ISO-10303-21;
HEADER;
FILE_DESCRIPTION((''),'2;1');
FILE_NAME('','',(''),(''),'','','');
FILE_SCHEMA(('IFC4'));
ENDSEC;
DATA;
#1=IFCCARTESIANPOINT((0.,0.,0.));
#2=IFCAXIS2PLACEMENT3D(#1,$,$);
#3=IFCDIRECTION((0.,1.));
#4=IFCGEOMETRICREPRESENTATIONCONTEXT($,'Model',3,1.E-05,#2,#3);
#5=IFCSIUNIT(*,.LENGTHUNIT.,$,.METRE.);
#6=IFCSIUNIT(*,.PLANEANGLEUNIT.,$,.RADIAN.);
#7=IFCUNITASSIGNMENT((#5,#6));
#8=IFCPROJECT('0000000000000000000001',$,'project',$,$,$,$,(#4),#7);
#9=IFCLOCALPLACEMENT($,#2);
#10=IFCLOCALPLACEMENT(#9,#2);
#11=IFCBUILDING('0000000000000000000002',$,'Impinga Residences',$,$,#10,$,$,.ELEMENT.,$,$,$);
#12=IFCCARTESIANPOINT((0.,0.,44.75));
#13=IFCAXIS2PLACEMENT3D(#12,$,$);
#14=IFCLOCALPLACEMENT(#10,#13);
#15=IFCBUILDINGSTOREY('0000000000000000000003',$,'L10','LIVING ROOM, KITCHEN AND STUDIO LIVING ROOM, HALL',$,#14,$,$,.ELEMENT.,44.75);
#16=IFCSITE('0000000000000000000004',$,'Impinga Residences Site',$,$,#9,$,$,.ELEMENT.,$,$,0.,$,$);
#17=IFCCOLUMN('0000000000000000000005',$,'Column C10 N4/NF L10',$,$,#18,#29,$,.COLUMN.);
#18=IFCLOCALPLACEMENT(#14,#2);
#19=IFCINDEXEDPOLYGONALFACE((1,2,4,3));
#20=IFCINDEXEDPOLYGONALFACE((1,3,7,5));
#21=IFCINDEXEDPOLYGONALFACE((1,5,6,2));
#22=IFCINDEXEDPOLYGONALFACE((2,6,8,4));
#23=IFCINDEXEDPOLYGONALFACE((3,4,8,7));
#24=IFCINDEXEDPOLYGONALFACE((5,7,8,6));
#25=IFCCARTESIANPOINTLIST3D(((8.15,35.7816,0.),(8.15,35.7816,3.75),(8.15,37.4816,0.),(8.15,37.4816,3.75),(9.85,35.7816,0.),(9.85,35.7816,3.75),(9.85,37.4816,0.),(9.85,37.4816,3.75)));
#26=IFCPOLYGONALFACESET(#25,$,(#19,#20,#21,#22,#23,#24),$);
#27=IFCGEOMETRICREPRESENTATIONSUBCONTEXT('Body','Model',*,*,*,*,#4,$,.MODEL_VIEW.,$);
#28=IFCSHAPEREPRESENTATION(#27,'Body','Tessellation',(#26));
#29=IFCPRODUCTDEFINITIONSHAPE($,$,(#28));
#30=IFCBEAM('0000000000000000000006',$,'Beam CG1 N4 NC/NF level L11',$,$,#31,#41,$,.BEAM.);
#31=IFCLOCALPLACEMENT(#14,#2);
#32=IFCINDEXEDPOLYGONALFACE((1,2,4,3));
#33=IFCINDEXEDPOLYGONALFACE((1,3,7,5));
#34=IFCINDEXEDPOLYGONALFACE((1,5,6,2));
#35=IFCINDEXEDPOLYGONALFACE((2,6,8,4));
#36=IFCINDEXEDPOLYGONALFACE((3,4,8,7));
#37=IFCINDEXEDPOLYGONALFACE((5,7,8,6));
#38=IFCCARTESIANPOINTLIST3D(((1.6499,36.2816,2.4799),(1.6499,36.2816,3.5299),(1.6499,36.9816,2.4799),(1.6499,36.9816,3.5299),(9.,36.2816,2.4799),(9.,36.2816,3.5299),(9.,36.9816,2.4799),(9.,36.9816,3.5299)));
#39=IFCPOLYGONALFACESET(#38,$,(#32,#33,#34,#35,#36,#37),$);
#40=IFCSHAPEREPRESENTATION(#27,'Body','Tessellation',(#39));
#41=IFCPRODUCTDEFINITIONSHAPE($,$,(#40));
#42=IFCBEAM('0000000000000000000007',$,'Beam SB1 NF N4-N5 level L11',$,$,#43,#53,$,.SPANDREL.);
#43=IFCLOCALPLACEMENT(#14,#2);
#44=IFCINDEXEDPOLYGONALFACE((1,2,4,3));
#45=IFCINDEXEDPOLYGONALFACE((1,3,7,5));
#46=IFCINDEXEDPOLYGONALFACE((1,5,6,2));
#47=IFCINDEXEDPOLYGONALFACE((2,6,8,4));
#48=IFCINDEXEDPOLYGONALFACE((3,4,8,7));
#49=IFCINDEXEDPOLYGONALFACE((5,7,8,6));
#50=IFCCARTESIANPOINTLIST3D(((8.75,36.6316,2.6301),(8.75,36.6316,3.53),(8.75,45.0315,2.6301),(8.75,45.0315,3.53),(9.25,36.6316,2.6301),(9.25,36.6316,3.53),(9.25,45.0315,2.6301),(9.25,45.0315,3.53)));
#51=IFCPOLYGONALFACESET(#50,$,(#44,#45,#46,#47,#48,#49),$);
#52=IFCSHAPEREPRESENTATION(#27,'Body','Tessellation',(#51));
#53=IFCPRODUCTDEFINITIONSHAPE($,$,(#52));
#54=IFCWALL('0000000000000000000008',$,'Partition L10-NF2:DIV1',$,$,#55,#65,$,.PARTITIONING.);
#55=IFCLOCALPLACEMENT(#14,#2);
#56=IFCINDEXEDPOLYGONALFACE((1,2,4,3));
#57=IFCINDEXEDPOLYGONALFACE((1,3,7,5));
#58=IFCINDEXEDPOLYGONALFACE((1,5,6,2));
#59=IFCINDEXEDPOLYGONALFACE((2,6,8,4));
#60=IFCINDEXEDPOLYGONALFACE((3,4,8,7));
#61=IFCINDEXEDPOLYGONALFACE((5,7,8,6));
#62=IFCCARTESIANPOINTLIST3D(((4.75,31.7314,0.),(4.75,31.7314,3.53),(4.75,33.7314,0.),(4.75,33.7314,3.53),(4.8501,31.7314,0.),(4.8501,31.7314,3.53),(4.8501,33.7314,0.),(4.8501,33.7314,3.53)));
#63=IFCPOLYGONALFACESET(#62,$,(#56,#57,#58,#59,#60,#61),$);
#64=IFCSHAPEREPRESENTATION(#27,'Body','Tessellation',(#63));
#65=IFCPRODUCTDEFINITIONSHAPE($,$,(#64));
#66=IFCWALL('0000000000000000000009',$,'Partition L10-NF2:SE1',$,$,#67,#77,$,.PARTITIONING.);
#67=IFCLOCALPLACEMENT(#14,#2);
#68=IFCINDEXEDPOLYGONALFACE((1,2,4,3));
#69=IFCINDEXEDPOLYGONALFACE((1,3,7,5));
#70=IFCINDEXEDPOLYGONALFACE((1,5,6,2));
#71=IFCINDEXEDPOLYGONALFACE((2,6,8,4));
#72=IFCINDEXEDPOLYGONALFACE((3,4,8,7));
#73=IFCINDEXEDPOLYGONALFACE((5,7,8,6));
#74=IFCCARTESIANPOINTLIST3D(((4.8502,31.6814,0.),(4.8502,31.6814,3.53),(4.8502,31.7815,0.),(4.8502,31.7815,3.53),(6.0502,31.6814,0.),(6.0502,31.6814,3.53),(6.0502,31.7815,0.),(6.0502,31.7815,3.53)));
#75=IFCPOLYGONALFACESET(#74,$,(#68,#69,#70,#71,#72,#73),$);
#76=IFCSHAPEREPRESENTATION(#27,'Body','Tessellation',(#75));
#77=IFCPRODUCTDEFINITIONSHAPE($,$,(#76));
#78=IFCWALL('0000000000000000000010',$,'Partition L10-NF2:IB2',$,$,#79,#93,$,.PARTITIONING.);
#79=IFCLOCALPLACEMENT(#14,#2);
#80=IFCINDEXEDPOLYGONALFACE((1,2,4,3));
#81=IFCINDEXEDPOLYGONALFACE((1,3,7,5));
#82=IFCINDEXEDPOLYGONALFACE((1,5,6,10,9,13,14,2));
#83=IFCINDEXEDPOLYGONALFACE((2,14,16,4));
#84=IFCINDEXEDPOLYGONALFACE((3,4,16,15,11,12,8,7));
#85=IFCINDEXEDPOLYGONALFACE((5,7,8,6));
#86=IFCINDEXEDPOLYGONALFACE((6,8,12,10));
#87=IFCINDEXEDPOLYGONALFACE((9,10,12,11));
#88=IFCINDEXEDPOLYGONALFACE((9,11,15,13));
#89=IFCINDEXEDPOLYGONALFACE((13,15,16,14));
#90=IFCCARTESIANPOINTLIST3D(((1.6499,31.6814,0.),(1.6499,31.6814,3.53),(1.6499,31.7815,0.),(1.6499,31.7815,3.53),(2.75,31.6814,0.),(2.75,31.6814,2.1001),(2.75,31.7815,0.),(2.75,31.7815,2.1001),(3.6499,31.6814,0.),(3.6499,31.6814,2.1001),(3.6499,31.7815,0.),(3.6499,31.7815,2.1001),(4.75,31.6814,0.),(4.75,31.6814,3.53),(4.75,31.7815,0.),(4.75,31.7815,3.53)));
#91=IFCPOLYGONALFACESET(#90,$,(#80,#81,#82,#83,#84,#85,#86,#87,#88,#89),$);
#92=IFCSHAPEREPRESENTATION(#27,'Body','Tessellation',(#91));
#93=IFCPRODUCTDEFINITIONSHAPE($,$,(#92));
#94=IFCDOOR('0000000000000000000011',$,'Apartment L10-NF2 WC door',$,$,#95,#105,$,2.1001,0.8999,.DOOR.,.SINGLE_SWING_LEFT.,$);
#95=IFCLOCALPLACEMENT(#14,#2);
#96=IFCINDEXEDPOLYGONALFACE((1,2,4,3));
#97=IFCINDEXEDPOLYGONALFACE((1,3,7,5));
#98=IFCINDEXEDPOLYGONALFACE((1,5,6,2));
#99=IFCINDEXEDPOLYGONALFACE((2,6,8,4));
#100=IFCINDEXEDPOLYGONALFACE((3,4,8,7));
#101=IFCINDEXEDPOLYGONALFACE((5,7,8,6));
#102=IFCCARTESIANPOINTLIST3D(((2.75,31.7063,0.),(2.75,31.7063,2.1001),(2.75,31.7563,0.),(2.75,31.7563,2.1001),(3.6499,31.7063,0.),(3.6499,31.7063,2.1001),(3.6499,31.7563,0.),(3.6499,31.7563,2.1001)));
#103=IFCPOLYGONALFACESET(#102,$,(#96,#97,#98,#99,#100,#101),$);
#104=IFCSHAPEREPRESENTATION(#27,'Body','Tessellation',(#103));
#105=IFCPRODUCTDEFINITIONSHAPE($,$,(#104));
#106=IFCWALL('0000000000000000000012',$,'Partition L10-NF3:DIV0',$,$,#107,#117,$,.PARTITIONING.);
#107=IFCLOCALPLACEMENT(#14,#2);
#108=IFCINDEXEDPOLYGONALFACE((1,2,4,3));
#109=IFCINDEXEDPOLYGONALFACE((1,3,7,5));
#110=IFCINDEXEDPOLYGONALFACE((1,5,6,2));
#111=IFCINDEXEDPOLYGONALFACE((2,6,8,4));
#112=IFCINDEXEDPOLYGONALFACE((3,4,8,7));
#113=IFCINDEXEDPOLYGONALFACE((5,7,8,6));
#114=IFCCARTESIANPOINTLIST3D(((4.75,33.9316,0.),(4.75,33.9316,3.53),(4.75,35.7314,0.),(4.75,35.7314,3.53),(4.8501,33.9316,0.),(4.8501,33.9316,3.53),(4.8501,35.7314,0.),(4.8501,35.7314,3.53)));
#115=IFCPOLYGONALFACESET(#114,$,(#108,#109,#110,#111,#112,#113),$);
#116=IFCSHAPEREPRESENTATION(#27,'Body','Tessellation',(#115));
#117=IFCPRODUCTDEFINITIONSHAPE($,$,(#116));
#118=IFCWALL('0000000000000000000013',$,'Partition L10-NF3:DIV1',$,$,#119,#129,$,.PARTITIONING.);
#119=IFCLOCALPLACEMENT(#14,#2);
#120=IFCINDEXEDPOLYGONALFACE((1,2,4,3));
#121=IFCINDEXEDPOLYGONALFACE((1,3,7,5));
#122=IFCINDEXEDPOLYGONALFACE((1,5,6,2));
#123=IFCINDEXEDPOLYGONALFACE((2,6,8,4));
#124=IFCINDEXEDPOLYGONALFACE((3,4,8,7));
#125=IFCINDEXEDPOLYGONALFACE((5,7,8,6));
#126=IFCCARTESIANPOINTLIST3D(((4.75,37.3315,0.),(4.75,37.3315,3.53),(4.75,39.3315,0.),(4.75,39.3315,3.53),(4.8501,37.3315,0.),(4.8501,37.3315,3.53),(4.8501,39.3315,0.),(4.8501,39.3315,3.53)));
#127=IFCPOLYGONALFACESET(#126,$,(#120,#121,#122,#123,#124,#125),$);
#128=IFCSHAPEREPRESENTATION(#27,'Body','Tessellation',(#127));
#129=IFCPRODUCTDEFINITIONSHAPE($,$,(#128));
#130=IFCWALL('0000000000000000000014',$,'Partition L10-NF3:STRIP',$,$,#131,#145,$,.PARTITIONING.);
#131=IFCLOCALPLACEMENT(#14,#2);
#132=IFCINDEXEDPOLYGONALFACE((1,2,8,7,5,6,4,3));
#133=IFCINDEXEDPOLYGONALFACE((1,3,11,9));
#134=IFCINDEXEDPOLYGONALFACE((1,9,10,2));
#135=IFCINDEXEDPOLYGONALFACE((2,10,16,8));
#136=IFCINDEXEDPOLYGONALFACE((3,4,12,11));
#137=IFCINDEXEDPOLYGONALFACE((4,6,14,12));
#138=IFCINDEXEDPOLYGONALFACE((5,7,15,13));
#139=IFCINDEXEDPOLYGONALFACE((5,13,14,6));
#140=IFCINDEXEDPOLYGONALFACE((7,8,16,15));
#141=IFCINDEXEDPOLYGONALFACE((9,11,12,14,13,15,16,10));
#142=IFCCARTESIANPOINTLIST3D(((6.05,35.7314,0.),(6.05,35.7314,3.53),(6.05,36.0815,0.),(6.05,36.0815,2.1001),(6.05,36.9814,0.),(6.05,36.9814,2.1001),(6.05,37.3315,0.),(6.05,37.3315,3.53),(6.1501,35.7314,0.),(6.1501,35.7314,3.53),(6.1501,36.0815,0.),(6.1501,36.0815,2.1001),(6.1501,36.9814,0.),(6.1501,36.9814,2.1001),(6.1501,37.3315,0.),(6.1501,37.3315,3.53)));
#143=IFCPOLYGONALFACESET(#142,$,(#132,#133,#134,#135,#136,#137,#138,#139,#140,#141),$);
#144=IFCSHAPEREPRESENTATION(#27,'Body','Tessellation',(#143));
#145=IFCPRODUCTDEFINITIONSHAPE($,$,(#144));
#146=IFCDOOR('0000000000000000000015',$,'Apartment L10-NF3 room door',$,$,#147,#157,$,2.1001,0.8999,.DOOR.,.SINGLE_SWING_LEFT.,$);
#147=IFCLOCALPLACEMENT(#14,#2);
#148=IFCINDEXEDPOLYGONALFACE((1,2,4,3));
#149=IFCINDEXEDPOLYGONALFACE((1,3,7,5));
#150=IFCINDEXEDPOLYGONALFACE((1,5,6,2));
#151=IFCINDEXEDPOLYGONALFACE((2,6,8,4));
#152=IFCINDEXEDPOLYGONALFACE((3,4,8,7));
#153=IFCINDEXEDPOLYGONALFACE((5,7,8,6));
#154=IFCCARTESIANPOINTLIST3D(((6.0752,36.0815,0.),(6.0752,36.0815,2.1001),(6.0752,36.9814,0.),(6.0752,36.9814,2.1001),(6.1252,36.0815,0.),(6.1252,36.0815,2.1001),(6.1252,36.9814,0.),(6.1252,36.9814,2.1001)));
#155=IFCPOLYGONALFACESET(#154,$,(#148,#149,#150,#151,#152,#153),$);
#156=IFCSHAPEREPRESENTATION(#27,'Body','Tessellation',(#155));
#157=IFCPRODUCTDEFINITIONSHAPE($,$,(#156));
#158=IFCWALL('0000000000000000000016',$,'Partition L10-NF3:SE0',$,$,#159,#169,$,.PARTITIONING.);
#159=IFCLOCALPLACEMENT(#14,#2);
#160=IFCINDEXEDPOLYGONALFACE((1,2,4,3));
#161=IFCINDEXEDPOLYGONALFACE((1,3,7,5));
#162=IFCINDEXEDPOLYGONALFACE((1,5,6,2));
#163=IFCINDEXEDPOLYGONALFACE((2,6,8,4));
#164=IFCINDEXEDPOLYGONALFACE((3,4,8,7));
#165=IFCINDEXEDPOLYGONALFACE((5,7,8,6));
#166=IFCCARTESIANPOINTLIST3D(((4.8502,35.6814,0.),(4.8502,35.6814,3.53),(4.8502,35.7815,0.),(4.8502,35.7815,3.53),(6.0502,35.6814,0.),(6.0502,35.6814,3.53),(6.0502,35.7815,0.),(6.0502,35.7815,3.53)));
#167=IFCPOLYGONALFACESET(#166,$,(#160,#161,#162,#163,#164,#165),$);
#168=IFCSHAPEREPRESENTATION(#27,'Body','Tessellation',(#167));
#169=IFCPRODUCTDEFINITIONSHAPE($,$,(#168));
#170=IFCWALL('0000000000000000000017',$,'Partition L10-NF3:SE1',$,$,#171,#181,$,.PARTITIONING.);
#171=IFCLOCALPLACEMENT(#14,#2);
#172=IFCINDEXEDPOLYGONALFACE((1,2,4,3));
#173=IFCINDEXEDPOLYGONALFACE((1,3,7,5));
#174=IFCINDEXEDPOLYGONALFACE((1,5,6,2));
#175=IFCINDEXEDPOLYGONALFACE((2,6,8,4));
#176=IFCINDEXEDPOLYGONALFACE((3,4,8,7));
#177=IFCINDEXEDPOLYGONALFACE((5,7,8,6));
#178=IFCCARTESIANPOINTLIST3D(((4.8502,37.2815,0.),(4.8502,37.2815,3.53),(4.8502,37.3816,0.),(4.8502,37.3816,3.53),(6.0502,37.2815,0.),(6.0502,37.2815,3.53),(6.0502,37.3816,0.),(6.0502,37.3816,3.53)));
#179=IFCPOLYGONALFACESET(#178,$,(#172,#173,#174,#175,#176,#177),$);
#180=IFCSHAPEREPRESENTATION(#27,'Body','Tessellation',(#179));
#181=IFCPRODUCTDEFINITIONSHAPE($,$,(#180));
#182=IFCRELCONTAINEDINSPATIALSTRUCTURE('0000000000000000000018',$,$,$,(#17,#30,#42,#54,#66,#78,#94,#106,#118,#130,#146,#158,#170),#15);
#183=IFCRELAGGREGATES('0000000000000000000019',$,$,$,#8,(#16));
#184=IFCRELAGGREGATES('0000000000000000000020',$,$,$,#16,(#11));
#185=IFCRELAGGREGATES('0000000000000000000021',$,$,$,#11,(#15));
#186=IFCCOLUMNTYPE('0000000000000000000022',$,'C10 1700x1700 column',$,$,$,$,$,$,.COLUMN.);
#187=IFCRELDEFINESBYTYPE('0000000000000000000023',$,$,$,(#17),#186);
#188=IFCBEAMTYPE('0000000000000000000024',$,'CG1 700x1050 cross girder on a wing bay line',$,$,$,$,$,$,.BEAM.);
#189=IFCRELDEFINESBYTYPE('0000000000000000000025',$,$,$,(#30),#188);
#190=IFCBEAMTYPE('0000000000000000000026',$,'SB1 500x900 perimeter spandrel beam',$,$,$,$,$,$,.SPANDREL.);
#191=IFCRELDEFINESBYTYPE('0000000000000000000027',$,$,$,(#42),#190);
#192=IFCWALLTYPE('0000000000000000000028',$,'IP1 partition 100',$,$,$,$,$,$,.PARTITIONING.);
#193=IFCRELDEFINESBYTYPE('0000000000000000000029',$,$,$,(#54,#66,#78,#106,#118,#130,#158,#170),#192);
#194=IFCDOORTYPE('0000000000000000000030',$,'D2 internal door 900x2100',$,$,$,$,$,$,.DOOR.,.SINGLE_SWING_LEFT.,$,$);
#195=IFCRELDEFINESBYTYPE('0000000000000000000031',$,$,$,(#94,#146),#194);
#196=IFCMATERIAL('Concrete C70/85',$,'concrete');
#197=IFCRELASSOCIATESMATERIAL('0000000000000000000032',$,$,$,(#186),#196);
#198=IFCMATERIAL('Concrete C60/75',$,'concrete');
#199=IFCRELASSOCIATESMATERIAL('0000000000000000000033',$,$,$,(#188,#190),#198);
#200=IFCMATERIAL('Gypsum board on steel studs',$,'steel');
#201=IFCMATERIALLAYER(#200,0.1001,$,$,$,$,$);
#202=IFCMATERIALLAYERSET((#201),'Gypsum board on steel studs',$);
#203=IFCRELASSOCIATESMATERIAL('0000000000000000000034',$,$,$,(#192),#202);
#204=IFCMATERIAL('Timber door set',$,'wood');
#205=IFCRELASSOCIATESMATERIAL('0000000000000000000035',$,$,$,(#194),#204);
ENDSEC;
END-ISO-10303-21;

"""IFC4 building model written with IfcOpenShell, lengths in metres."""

from ifc_helpers import new_model, si_unit, direction, frame, frame_2d, origin, origin_2d, place, context, subcontext, project, spatial, rectangle, extrude, material, layer, layer_set, material_profile, profile_set, type_object, element, fill, save


model = new_model("IFC4")

# Units and contexts
model_context = context("Model", 3, precision=1e-05, world=origin(), true_north=direction((0.0, 1.0)))
body_context = subcontext(model_context, "Body", "Model", "MODEL_VIEW")
ifc_project = project(units=[si_unit("LENGTHUNIT", "METRE"), si_unit("PLANEANGLEUNIT", "RADIAN")], contexts=[model_context])

# Site, building, storey
site_placement = place(None, origin())
site = spatial("IfcSite", under=ifc_project, at=site_placement, Name="Impinga Residences Site", CompositionType="ELEMENT", RefElevation=0.0)
building_placement = place(site_placement, origin())
building = spatial("IfcBuilding", under=site, at=building_placement, Name="Impinga Residences", CompositionType="ELEMENT")
storey_placement = place(building_placement, frame((0.0, 0.0, 44.75)))
storey = spatial("IfcBuildingStorey", under=building, at=storey_placement, Name="L10", Description="LIVING ROOM, KITCHEN AND STUDIO LIVING ROOM, HALL", CompositionType="ELEMENT", Elevation=44.75)

# Column
ifc_material_1 = material(Name="Concrete C70/85", Category="concrete")
ifc_material_profile_1 = material_profile(ifc_material_1, rectangle(XDim=1.7, YDim=1.7, at=origin_2d()), Name="RC 1700x1700")
ifc_profile_set_1 = profile_set([ifc_material_profile_1], Name="Concrete C70/85")
column_type = type_object("IfcColumnType", Name="C10 1700x1700 column", PredefinedType="COLUMN", material=ifc_profile_set_1)
column_placement = place(storey_placement, frame((9.0, 36.6316, 0.0), z_axis=(0.0, 0.0, 1.0), x_axis=(1.0, 0.0, 0.0)))
element("IfcColumn", 1, at=column_placement, inside=storey, type_object=column_type, Name="Column C10 N4/NF L10", PredefinedType="COLUMN", context=body_context, shape_type="SweptSolid", body=[
    extrude(rectangle(XDim=1.7, YDim=1.7, at=origin_2d()), origin(), (0.0, 0.0, 1.0), 3.75),
])

# Beams
ifc_material_2 = material(Name="Concrete C60/75", Category="concrete")
ifc_material_profile_2 = material_profile(ifc_material_2, rectangle(XDim=0.7, YDim=1.05, at=origin_2d()), Name="RC 700x1050")
ifc_profile_set_2 = profile_set([ifc_material_profile_2], Name="Concrete C60/75")
beam_type_1 = type_object("IfcBeamType", Name="CG1 700x1050 cross girder on a wing bay line", PredefinedType="BEAM", material=ifc_profile_set_2)
beam_1_placement = place(storey_placement, frame((1.6499, 36.6316, 3.0049), z_axis=(1.0, 0.0, 0.0), x_axis=(0.0, 1.0, 0.0)))
element("IfcBeam", 2, at=beam_1_placement, inside=storey, type_object=beam_type_1, Name="Beam CG1 N4 NC/NF level L11", PredefinedType="BEAM", context=body_context, shape_type="SweptSolid", body=[
    extrude(rectangle(XDim=0.7, YDim=1.05, at=origin_2d()), origin(), (0.0, 0.0, 1.0), 7.3501),
])
ifc_material_profile_3 = material_profile(ifc_material_2, rectangle(XDim=0.5, YDim=0.8999, at=origin_2d()), Name="RC 500x900")
ifc_profile_set_3 = profile_set([ifc_material_profile_3], Name="Concrete C60/75")
beam_type_2 = type_object("IfcBeamType", Name="SB1 500x900 perimeter spandrel beam", PredefinedType="SPANDREL", material=ifc_profile_set_3)
beam_2_placement = place(storey_placement, frame((9.0, 36.6316, 3.0801), z_axis=(0.0, 1.0, 0.0), x_axis=(-1.0, 0.0, 0.0)))
element("IfcBeam", 3, at=beam_2_placement, inside=storey, type_object=beam_type_2, Name="Beam SB1 NF N4-N5 level L11", PredefinedType="SPANDREL", context=body_context, shape_type="SweptSolid", body=[
    extrude(rectangle(XDim=0.5, YDim=0.8999, at=origin_2d()), origin(), (0.0, 0.0, 1.0), 8.3999),
])

# Walls
ifc_material_3 = material(Name="Gypsum board on steel studs", Category="steel")
ifc_layer_1 = layer(ifc_material_3, 0.1001)
ifc_layer_set_1 = layer_set([ifc_layer_1], Name="Gypsum board on steel studs")
wall_type_1 = type_object("IfcWallType", Name="IP1 partition 100", PredefinedType="PARTITIONING", material=ifc_layer_set_1)
wall_1_placement = place(storey_placement, frame((4.8, 31.7314, 0.0), z_axis=(0.0, 0.0, 1.0), x_axis=(0.0, 1.0, 0.0)))
element("IfcWall", 4, at=wall_1_placement, inside=storey, type_object=wall_type_1, Name="Partition L10-NF2:DIV1", PredefinedType="PARTITIONING", context=body_context, shape_type="SweptSolid", body=[
    extrude(rectangle(XDim=2.0, YDim=0.1001, at=frame_2d((1.0, 0.0))), origin(), (0.0, 0.0, 1.0), 3.53),
])
wall_2_placement = place(storey_placement, frame((4.8501, 31.7314, 0.0), z_axis=(0.0, 0.0, 1.0), x_axis=(1.0, 0.0, 0.0)))
element("IfcWall", 5, at=wall_2_placement, inside=storey, type_object=wall_type_1, Name="Partition L10-NF2:SE1", PredefinedType="PARTITIONING", context=body_context, shape_type="SweptSolid", body=[
    extrude(rectangle(XDim=1.2, YDim=0.1001, at=frame_2d((0.6001, 0.0))), origin(), (0.0, 0.0, 1.0), 3.53),
])

# Wall, opening, door
wall_3_placement = place(storey_placement, frame((1.6499, 31.7314, 0.0), z_axis=(0.0, 0.0, 1.0), x_axis=(1.0, 0.0, 0.0)))
wall_3 = element("IfcWall", 6, at=wall_3_placement, inside=storey, type_object=wall_type_1, Name="Partition L10-NF2:IB2", PredefinedType="PARTITIONING", context=body_context, shape_type="SweptSolid", body=[
    extrude(rectangle(XDim=3.1001, YDim=0.1001, at=frame_2d((1.55, 0.0))), origin(), (0.0, 0.0, 1.0), 3.53),
])
opening_1_placement = place(wall_3_placement, frame((1.1001, 0.0, 0.0)))
opening_1 = element("IfcOpeningElement", 7, at=opening_1_placement, cuts=wall_3, PredefinedType="OPENING", context=body_context, shape_type="SweptSolid", body=[
    extrude(rectangle(XDim=0.8999, YDim=2.1001, at=frame_2d((0.45, 1.05))), frame((0.0, 0.0601, 0.0), z_axis=(0.0, -1.0, 0.0), x_axis=(1.0, 0.0, 0.0)), (0.0, 0.0, 1.0), 0.1201),
])
ifc_material_4 = material(Name="Timber door set", Category="wood")
door_type = type_object("IfcDoorType", Name="D2 internal door 900x2100", OperationType="SINGLE_SWING_LEFT", PredefinedType="DOOR", material=ifc_material_4)
door_1_placement = place(opening_1_placement, origin())
door_1 = element("IfcDoor", 8, at=door_1_placement, inside=storey, type_object=door_type, Name="Apartment L10-NF2 WC door", OperationType="SINGLE_SWING_LEFT", OverallHeight=2.1001, OverallWidth=0.8999, PredefinedType="DOOR", context=body_context, shape_type="SweptSolid", body=[
    extrude(rectangle(XDim=0.8999, YDim=2.1001, at=frame_2d((0.45, 1.05))), frame((0.0, 0.0249, 0.0), z_axis=(0.0, -1.0, 0.0), x_axis=(1.0, 0.0, 0.0)), (0.0, 0.0, 1.0), 0.05),
])
fill(opening_1, door_1)

# Walls
wall_4_placement = place(storey_placement, frame((4.8, 33.9316, 0.0), z_axis=(0.0, 0.0, 1.0), x_axis=(0.0, 1.0, 0.0)))
element("IfcWall", 9, at=wall_4_placement, inside=storey, type_object=wall_type_1, Name="Partition L10-NF3:DIV0", PredefinedType="PARTITIONING", context=body_context, shape_type="SweptSolid", body=[
    extrude(rectangle(XDim=1.7998, YDim=0.1001, at=frame_2d((0.8999, 0.0))), origin(), (0.0, 0.0, 1.0), 3.53),
])
wall_5_placement = place(storey_placement, frame((4.8, 37.3315, 0.0), z_axis=(0.0, 0.0, 1.0), x_axis=(0.0, 1.0, 0.0)))
element("IfcWall", 10, at=wall_5_placement, inside=storey, type_object=wall_type_1, Name="Partition L10-NF3:DIV1", PredefinedType="PARTITIONING", context=body_context, shape_type="SweptSolid", body=[
    extrude(rectangle(XDim=2.0, YDim=0.1001, at=frame_2d((1.0, 0.0))), origin(), (0.0, 0.0, 1.0), 3.53),
])

# Wall, opening, door
wall_6_placement = place(storey_placement, frame((6.1001, 35.7314, 0.0), z_axis=(0.0, 0.0, 1.0), x_axis=(0.0, 1.0, 0.0)))
wall_6 = element("IfcWall", 11, at=wall_6_placement, inside=storey, type_object=wall_type_1, Name="Partition L10-NF3:STRIP", PredefinedType="PARTITIONING", context=body_context, shape_type="SweptSolid", body=[
    extrude(rectangle(XDim=1.6001, YDim=0.1001, at=frame_2d((0.8, 0.0))), origin(), (0.0, 0.0, 1.0), 3.53),
])
opening_2_placement = place(wall_6_placement, frame((0.3501, 0.0, 0.0)))
opening_2 = element("IfcOpeningElement", 12, at=opening_2_placement, cuts=wall_6, PredefinedType="OPENING", context=body_context, shape_type="SweptSolid", body=[
    extrude(rectangle(XDim=0.8999, YDim=2.1001, at=frame_2d((0.45, 1.05))), frame((0.0, 0.0601, 0.0), z_axis=(0.0, -1.0, 0.0), x_axis=(1.0, 0.0, 0.0)), (0.0, 0.0, 1.0), 0.1201),
])
door_2_placement = place(opening_2_placement, origin())
door_2 = element("IfcDoor", 13, at=door_2_placement, inside=storey, type_object=door_type, Name="Apartment L10-NF3 room door", OperationType="SINGLE_SWING_LEFT", OverallHeight=2.1001, OverallWidth=0.8999, PredefinedType="DOOR", context=body_context, shape_type="SweptSolid", body=[
    extrude(rectangle(XDim=0.8999, YDim=2.1001, at=frame_2d((0.45, 1.05))), frame((0.0, 0.0249, 0.0), z_axis=(0.0, -1.0, 0.0), x_axis=(1.0, 0.0, 0.0)), (0.0, 0.0, 1.0), 0.05),
])
fill(opening_2, door_2)

# Walls
for number, where, z_axis, x_axis, name in (
    (14, (4.8501, 35.7314, 0.0), (0.0, 0.0, 1.0), (1.0, 0.0, 0.0), "Partition L10-NF3:SE0"),
    (15, (4.8501, 37.3315, 0.0), (0.0, 0.0, 1.0), (1.0, 0.0, 0.0), "Partition L10-NF3:SE1"),
):
    element("IfcWall", number, at=place(storey_placement, frame(where, z_axis=z_axis, x_axis=x_axis)), inside=storey, type_object=wall_type_1, Name=name, PredefinedType="PARTITIONING", context=body_context, shape_type="SweptSolid", body=[
        extrude(rectangle(XDim=1.2, YDim=0.1001, at=frame_2d((0.6001, 0.0))), origin(), (0.0, 0.0, 1.0), 3.53),
    ])

save(model, "model.ifc")
